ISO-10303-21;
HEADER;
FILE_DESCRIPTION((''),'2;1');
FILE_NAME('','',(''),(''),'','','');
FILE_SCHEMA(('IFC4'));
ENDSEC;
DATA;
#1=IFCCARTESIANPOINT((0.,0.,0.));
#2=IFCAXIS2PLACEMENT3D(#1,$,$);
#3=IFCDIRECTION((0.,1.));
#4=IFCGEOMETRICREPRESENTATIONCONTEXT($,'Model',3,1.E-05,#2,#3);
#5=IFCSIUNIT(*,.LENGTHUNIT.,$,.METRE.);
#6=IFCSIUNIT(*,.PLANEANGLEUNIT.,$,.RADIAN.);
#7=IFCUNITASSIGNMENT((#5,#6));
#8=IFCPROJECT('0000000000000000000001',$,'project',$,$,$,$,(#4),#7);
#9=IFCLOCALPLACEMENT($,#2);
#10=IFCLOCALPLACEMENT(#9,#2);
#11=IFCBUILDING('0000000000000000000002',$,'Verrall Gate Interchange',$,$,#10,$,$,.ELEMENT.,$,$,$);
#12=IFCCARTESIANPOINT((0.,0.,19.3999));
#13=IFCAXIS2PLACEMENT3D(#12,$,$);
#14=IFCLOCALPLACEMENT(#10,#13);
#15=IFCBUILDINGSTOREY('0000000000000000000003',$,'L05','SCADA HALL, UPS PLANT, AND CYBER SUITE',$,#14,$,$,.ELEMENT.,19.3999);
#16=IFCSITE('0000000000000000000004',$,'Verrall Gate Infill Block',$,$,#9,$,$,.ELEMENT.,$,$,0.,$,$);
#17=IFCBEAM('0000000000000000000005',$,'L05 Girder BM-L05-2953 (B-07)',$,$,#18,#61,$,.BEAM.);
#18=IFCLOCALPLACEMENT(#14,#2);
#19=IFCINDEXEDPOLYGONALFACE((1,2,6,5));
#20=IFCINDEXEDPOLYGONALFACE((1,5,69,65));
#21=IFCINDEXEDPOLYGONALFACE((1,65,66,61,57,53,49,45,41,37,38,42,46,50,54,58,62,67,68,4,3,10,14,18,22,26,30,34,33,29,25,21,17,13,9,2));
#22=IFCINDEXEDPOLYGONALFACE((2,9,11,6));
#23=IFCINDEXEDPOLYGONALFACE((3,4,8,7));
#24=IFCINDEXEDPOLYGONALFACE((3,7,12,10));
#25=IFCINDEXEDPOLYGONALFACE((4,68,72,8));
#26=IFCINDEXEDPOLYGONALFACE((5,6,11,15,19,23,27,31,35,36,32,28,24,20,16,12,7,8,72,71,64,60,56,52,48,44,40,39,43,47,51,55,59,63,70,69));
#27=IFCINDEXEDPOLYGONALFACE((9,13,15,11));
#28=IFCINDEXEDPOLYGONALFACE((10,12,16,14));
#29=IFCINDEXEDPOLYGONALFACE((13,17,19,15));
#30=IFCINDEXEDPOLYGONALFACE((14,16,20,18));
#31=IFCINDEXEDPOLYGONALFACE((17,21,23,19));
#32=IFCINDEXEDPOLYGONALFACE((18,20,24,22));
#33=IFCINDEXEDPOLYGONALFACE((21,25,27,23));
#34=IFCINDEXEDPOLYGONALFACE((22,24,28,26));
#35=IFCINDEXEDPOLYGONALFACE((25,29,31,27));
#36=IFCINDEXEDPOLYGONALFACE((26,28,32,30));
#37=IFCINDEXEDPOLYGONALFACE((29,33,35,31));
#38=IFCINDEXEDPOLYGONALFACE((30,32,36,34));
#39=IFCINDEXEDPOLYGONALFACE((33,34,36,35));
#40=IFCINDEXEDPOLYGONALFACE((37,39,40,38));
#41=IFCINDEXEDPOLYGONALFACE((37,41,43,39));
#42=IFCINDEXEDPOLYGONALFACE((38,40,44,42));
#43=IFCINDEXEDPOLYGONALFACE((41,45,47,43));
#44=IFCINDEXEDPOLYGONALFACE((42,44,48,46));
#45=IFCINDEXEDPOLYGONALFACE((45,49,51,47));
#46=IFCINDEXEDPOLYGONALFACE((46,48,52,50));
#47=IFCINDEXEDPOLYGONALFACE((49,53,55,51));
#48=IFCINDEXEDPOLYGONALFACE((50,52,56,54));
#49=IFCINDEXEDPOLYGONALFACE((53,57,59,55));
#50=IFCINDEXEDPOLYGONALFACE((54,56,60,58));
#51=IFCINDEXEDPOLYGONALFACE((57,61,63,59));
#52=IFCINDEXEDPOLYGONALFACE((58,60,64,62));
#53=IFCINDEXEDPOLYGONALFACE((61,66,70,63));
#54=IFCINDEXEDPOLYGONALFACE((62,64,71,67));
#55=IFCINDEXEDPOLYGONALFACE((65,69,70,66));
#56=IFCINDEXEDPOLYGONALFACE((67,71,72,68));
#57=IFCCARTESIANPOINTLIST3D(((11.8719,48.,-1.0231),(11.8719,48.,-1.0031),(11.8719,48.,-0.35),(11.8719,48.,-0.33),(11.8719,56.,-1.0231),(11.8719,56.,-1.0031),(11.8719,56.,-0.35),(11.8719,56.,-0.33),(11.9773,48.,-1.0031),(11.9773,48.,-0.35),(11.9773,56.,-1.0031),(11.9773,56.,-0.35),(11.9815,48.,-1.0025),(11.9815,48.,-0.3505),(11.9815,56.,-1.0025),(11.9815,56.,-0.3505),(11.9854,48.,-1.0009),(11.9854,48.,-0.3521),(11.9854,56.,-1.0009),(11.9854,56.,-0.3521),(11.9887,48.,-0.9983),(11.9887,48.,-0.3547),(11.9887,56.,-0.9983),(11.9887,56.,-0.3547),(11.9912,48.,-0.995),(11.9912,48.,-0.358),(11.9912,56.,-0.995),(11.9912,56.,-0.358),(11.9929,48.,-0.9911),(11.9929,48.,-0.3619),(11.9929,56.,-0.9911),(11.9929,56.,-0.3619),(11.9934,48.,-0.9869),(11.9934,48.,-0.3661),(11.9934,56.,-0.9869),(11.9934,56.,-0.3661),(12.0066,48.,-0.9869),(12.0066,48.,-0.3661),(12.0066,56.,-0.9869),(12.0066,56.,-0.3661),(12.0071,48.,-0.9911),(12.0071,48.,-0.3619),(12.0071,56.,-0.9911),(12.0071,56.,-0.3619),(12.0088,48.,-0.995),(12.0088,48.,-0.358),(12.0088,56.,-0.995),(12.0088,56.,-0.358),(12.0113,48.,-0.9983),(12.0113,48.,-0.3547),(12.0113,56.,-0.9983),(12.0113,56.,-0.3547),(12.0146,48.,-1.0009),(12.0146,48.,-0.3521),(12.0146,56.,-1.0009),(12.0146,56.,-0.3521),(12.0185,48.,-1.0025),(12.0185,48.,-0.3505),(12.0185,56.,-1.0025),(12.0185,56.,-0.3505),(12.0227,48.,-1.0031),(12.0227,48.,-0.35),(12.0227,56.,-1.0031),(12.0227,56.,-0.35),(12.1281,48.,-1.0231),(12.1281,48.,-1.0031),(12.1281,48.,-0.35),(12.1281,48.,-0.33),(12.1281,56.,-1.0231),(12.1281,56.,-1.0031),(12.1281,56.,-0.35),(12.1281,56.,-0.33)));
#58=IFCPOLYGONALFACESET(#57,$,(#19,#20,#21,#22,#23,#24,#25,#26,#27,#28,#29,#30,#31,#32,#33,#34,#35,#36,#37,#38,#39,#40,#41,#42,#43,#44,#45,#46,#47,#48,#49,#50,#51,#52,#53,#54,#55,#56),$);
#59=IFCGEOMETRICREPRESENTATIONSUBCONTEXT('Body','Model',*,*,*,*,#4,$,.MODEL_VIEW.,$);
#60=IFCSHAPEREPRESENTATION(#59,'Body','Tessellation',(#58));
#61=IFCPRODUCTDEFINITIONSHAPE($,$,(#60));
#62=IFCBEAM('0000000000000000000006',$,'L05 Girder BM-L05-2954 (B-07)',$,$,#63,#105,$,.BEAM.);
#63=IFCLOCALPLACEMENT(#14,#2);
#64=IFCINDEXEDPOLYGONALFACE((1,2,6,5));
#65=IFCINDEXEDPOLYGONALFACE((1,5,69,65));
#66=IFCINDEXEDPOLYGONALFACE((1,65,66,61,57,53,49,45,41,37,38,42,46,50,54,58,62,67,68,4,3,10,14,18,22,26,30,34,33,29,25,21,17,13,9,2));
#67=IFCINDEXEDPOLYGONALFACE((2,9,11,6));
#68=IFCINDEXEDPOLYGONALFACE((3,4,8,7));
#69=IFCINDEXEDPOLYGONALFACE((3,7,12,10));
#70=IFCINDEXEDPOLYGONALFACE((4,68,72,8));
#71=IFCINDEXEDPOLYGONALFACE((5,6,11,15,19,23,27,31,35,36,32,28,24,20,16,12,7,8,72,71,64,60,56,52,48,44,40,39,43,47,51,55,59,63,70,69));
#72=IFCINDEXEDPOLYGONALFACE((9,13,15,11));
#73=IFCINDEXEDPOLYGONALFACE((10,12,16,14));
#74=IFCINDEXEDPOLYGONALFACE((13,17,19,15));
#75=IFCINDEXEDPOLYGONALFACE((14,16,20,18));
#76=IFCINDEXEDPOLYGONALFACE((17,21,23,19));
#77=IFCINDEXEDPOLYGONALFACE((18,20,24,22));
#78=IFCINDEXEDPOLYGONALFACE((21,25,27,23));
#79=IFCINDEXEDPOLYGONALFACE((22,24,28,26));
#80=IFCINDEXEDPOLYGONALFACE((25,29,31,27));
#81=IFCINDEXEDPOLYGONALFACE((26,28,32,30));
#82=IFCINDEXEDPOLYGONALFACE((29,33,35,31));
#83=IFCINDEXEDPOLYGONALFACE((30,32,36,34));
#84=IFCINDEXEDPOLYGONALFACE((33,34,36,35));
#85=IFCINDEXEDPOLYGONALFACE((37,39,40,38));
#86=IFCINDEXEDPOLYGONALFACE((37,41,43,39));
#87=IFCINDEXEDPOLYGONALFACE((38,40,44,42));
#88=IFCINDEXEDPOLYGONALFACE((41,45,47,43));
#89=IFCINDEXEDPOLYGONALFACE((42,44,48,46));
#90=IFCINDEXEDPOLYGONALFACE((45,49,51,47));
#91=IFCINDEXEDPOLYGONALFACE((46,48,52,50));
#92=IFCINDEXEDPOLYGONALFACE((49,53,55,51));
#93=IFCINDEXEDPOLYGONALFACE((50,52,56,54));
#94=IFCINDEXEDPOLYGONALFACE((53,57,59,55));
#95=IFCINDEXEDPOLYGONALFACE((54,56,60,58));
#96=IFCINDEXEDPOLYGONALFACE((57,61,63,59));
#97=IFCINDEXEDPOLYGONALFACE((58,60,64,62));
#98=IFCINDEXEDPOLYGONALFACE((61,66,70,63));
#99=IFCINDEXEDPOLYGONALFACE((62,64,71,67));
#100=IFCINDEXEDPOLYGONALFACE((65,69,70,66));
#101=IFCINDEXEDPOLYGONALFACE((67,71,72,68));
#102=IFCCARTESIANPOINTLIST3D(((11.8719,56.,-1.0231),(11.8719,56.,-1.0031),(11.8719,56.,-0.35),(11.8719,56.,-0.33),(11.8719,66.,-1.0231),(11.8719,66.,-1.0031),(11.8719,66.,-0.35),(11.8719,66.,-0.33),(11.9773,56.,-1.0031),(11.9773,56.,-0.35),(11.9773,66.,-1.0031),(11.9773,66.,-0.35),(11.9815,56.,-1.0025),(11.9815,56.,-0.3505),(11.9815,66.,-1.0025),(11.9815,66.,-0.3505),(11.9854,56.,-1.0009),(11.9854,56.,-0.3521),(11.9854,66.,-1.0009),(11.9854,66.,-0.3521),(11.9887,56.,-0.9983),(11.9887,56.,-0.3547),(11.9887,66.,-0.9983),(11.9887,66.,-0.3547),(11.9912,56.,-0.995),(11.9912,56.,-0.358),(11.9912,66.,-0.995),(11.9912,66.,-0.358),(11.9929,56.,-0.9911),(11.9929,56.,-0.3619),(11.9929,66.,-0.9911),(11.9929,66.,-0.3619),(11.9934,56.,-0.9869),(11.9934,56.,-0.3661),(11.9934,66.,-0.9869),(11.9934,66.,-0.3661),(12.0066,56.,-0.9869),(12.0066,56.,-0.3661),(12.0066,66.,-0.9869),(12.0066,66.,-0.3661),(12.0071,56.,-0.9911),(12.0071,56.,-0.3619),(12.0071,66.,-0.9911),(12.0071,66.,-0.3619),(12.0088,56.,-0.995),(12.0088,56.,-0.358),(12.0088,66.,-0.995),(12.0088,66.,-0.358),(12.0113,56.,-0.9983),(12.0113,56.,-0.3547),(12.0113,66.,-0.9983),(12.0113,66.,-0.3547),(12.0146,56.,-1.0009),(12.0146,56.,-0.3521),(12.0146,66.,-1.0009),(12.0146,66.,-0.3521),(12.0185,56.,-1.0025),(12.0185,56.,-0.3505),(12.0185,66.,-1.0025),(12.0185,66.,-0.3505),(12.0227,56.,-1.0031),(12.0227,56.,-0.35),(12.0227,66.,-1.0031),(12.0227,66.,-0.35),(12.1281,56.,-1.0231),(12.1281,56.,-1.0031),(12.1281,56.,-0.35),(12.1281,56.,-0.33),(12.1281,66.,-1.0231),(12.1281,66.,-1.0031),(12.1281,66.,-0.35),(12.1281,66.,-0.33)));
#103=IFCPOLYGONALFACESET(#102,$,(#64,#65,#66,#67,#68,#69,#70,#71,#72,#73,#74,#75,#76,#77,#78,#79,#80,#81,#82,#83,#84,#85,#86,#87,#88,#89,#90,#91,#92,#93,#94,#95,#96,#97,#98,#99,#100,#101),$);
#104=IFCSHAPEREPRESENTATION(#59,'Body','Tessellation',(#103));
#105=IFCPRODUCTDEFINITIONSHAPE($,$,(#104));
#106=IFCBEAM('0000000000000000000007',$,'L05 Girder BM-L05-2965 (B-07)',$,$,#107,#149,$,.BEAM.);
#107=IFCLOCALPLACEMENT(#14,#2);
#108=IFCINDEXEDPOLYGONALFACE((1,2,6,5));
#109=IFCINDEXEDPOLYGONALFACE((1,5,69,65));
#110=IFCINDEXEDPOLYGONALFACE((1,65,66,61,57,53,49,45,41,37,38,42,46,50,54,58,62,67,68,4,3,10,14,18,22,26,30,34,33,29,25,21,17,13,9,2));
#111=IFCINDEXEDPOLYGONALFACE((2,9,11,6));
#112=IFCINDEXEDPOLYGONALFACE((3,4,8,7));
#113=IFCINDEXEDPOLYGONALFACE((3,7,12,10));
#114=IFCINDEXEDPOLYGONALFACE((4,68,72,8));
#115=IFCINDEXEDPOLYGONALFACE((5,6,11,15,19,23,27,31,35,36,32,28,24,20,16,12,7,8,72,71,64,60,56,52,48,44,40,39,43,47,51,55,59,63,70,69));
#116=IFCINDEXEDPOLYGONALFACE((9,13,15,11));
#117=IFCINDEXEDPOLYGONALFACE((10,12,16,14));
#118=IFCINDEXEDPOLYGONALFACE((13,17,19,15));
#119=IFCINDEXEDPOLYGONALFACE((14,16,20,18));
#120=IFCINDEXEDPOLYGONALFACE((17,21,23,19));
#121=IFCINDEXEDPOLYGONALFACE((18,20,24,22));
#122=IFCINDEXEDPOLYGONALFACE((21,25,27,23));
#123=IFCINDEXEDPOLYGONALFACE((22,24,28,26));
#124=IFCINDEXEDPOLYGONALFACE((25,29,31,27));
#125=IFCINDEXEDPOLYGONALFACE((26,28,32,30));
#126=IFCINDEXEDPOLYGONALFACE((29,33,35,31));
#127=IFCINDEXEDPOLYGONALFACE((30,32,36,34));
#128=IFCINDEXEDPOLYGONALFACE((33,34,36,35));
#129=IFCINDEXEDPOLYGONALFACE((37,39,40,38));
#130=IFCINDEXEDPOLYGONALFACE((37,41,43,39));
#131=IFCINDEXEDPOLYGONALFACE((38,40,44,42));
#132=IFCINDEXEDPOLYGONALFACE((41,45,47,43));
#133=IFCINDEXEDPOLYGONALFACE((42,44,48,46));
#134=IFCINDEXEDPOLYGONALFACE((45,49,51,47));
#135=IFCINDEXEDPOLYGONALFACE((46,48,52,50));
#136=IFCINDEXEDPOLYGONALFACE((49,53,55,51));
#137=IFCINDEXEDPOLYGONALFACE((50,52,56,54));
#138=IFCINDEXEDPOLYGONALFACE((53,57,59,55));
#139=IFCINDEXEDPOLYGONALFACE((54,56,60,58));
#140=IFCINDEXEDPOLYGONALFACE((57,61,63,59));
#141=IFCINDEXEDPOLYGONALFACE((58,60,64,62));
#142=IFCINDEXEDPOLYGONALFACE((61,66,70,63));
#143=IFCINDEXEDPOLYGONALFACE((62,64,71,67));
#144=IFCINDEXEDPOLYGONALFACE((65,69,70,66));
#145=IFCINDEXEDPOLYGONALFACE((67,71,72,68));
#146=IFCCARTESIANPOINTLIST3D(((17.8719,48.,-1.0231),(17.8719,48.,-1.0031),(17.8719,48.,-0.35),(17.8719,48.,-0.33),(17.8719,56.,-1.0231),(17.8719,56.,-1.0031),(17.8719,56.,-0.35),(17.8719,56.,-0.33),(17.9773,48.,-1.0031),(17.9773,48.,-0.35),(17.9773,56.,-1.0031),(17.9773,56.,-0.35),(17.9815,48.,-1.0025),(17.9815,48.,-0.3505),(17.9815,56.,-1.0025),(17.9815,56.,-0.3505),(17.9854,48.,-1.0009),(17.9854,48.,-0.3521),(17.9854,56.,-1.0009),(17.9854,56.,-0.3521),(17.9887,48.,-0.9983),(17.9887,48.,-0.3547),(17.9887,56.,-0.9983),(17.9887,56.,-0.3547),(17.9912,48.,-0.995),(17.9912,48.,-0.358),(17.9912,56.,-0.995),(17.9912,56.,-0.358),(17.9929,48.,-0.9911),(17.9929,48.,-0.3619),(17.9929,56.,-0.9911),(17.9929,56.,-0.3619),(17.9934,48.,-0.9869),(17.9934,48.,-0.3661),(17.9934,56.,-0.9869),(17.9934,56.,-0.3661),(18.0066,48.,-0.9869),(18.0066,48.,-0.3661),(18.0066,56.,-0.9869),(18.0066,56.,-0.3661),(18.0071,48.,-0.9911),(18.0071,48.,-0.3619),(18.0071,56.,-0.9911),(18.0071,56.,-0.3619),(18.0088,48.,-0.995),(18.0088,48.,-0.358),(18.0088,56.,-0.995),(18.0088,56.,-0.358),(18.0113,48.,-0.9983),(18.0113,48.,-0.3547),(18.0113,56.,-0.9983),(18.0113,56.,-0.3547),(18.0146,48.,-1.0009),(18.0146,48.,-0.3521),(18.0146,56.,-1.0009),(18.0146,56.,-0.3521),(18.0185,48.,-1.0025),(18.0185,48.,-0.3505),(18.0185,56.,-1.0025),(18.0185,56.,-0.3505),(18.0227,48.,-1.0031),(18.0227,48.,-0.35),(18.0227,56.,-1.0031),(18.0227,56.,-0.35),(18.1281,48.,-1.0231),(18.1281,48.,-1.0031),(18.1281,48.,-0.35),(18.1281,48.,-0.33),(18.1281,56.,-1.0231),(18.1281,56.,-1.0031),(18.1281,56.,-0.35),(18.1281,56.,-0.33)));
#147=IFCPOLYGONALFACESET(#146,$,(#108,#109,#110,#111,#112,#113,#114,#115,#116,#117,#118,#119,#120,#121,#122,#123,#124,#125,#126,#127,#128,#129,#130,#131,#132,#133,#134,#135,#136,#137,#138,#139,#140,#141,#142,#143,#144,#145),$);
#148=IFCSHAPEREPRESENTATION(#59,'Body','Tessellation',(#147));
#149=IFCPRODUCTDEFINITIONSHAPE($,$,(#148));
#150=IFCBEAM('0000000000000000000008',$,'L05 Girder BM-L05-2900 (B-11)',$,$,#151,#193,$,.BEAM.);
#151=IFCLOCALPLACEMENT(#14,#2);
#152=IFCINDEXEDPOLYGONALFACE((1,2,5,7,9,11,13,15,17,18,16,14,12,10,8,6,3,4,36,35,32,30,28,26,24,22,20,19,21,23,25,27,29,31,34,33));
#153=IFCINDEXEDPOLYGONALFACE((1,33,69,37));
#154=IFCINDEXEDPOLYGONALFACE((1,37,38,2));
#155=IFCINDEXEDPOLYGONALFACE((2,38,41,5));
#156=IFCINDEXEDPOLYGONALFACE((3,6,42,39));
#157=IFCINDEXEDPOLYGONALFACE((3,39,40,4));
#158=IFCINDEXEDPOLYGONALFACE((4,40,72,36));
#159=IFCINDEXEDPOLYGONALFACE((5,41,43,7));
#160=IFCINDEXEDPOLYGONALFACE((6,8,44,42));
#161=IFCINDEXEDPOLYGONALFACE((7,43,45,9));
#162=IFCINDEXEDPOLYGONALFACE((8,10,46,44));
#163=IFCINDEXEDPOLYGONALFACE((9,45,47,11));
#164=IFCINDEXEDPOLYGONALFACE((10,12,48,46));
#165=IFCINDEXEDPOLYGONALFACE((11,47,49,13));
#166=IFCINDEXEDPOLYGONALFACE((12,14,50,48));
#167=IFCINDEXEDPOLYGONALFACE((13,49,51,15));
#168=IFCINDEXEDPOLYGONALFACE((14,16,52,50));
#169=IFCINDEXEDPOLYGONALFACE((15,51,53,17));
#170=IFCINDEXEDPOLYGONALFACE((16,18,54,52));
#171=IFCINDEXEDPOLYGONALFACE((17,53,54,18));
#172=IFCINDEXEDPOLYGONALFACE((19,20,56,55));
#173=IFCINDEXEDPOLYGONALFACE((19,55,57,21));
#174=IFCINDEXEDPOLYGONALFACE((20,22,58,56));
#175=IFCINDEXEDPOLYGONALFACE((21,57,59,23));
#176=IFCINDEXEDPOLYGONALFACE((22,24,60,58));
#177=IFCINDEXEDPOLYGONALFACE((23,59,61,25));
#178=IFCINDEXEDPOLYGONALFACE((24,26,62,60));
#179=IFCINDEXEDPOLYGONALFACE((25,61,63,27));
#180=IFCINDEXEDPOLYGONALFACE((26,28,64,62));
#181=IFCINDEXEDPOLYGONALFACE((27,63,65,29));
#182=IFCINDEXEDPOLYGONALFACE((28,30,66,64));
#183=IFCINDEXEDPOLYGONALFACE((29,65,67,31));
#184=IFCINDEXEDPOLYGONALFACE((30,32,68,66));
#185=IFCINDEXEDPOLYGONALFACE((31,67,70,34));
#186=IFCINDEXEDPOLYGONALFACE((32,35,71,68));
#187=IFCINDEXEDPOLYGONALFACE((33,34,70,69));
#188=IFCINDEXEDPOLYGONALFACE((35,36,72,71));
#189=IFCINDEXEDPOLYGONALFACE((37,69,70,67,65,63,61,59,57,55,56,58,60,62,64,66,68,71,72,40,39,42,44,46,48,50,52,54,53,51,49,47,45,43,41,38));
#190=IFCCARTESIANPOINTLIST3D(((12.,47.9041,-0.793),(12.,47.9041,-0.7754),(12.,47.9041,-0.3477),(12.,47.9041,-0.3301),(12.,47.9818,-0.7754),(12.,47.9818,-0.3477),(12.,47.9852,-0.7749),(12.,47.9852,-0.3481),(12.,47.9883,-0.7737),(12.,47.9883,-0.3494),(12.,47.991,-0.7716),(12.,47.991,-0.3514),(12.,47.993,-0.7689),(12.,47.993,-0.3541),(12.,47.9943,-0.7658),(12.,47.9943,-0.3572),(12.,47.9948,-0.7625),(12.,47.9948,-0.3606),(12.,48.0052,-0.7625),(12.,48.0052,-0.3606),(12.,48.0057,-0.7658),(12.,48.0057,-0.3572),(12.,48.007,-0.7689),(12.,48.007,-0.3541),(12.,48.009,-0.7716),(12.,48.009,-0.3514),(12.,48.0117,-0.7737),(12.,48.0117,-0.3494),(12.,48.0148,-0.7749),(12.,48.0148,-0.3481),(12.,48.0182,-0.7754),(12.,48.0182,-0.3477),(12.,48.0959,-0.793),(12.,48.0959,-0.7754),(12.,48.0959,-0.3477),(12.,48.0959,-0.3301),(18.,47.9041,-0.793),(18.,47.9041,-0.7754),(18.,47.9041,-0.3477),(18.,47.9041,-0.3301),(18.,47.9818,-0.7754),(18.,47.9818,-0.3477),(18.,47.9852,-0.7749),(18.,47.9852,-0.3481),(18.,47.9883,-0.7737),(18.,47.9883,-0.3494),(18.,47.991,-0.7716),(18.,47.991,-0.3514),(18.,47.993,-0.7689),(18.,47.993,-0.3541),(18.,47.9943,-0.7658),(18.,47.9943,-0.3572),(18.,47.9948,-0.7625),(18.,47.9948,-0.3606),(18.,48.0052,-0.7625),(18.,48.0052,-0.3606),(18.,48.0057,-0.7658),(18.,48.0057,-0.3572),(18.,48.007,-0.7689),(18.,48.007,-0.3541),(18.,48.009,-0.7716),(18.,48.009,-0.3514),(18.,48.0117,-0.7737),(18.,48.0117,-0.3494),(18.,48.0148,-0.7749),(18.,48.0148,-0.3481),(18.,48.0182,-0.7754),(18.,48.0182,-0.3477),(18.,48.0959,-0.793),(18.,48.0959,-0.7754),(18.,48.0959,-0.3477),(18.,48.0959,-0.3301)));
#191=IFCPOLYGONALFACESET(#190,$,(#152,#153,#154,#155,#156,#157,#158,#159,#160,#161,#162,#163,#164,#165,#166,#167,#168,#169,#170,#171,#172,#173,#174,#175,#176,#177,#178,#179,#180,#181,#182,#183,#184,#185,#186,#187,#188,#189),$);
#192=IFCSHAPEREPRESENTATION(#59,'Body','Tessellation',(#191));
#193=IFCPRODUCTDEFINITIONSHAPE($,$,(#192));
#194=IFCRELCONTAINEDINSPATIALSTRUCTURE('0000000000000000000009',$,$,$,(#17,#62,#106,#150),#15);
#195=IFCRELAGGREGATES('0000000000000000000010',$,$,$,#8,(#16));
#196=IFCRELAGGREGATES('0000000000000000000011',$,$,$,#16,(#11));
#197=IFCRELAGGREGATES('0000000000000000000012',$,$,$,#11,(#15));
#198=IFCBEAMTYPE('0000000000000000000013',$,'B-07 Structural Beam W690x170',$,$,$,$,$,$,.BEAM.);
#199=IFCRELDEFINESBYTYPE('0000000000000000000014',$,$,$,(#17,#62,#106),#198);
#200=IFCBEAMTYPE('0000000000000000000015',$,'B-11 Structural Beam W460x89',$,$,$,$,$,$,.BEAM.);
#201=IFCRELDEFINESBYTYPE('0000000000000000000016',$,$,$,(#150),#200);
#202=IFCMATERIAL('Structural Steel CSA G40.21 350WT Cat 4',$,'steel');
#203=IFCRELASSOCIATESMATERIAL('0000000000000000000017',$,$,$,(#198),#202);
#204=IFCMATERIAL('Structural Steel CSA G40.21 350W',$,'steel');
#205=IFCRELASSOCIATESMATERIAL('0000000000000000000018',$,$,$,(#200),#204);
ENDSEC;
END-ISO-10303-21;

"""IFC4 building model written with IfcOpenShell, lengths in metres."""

from ifc_helpers import new_model, si_unit, direction, frame, origin, origin_2d, place, context, subcontext, project, spatial, i_section, extrude, material, material_profile, profile_set, type_object, element, save


model = new_model("IFC4")

# Units and contexts
model_context = context("Model", 3, precision=1e-05, world=origin(), true_north=direction((0.0, 1.0)))
body_context = subcontext(model_context, "Body", "Model", "MODEL_VIEW")
ifc_project = project(units=[si_unit("LENGTHUNIT", "METRE"), si_unit("PLANEANGLEUNIT", "RADIAN")], contexts=[model_context])

# Site, building, storey
site_placement = place(None, origin())
site = spatial("IfcSite", under=ifc_project, at=site_placement, Name="Verrall Gate Infill Block", CompositionType="ELEMENT", RefElevation=0.0)
building_placement = place(site_placement, origin())
building = spatial("IfcBuilding", under=site, at=building_placement, Name="Verrall Gate Interchange", CompositionType="ELEMENT")
storey_placement = place(building_placement, frame((0.0, 0.0, 19.3999)))
storey = spatial("IfcBuildingStorey", under=building, at=storey_placement, Name="L05", Description="SCADA HALL, UPS PLANT, AND CYBER SUITE", CompositionType="ELEMENT", Elevation=19.3999)

# Beams
ifc_material_1 = material(Name="Structural Steel CSA G40.21 350WT Cat 4", Category="steel")
ifc_material_profile_1 = material_profile(ifc_material_1, i_section(OverallWidth=0.2561, OverallDepth=0.6931, WebThickness=0.0132, FlangeThickness=0.02, FilletRadius=0.0161, at=origin_2d()), Name="W690x170")
ifc_profile_set_1 = profile_set([ifc_material_profile_1], Name="Structural Steel CSA G40.21 350WT Cat 4")
beam_type_1 = type_object("IfcBeamType", Name="B-07 Structural Beam W690x170", PredefinedType="BEAM", material=ifc_profile_set_1)
beam_1_placement = place(storey_placement, frame((12.0, 48.0, -0.6765), z_axis=(0.0, 1.0, 0.0), x_axis=(-1.0, 0.0, 0.0)))
element("IfcBeam", 1, at=beam_1_placement, inside=storey, type_object=beam_type_1, Name="L05 Girder BM-L05-2953 (B-07)", PredefinedType="BEAM", context=body_context, shape_type="SweptSolid", body=[
    extrude(i_section(OverallWidth=0.2561, OverallDepth=0.6931, WebThickness=0.0132, FlangeThickness=0.02, FilletRadius=0.0161, at=origin_2d()), origin(), (0.0, 0.0, 1.0), 8.0),
])
beam_2_placement = place(storey_placement, frame((12.0, 56.0, -0.6765), z_axis=(0.0, 1.0, 0.0), x_axis=(-1.0, 0.0, 0.0)))
element("IfcBeam", 2, at=beam_2_placement, inside=storey, type_object=beam_type_1, Name="L05 Girder BM-L05-2954 (B-07)", PredefinedType="BEAM", context=body_context, shape_type="SweptSolid", body=[
    extrude(i_section(OverallWidth=0.2561, OverallDepth=0.6931, WebThickness=0.0132, FlangeThickness=0.02, FilletRadius=0.0161, at=origin_2d()), origin(), (0.0, 0.0, 1.0), 10.0),
])
beam_3_placement = place(storey_placement, frame((18.0, 48.0, -0.6765), z_axis=(0.0, 1.0, 0.0), x_axis=(-1.0, 0.0, 0.0)))
element("IfcBeam", 3, at=beam_3_placement, inside=storey, type_object=beam_type_1, Name="L05 Girder BM-L05-2965 (B-07)", PredefinedType="BEAM", context=body_context, shape_type="SweptSolid", body=[
    extrude(i_section(OverallWidth=0.2561, OverallDepth=0.6931, WebThickness=0.0132, FlangeThickness=0.02, FilletRadius=0.0161, at=origin_2d()), origin(), (0.0, 0.0, 1.0), 8.0),
])
ifc_material_2 = material(Name="Structural Steel CSA G40.21 350W", Category="steel")
ifc_material_profile_2 = material_profile(ifc_material_2, i_section(OverallWidth=0.1919, OverallDepth=0.4629, WebThickness=0.0105, FlangeThickness=0.0176, FilletRadius=0.0129, at=origin_2d()), Name="W460x89")
ifc_profile_set_2 = profile_set([ifc_material_profile_2], Name="Structural Steel CSA G40.21 350W")
beam_type_2 = type_object("IfcBeamType", Name="B-11 Structural Beam W460x89", PredefinedType="BEAM", material=ifc_profile_set_2)
beam_4_placement = place(storey_placement, frame((12.0, 48.0, -0.5615), z_axis=(1.0, 0.0, 0.0), x_axis=(0.0, 1.0, 0.0)))
element("IfcBeam", 4, at=beam_4_placement, inside=storey, type_object=beam_type_2, Name="L05 Girder BM-L05-2900 (B-11)", PredefinedType="BEAM", context=body_context, shape_type="SweptSolid", body=[
    extrude(i_section(OverallWidth=0.1919, OverallDepth=0.4629, WebThickness=0.0105, FlangeThickness=0.0176, FilletRadius=0.0129, at=origin_2d()), origin(), (0.0, 0.0, 1.0), 6.0),
])

save(model, "model.ifc")
